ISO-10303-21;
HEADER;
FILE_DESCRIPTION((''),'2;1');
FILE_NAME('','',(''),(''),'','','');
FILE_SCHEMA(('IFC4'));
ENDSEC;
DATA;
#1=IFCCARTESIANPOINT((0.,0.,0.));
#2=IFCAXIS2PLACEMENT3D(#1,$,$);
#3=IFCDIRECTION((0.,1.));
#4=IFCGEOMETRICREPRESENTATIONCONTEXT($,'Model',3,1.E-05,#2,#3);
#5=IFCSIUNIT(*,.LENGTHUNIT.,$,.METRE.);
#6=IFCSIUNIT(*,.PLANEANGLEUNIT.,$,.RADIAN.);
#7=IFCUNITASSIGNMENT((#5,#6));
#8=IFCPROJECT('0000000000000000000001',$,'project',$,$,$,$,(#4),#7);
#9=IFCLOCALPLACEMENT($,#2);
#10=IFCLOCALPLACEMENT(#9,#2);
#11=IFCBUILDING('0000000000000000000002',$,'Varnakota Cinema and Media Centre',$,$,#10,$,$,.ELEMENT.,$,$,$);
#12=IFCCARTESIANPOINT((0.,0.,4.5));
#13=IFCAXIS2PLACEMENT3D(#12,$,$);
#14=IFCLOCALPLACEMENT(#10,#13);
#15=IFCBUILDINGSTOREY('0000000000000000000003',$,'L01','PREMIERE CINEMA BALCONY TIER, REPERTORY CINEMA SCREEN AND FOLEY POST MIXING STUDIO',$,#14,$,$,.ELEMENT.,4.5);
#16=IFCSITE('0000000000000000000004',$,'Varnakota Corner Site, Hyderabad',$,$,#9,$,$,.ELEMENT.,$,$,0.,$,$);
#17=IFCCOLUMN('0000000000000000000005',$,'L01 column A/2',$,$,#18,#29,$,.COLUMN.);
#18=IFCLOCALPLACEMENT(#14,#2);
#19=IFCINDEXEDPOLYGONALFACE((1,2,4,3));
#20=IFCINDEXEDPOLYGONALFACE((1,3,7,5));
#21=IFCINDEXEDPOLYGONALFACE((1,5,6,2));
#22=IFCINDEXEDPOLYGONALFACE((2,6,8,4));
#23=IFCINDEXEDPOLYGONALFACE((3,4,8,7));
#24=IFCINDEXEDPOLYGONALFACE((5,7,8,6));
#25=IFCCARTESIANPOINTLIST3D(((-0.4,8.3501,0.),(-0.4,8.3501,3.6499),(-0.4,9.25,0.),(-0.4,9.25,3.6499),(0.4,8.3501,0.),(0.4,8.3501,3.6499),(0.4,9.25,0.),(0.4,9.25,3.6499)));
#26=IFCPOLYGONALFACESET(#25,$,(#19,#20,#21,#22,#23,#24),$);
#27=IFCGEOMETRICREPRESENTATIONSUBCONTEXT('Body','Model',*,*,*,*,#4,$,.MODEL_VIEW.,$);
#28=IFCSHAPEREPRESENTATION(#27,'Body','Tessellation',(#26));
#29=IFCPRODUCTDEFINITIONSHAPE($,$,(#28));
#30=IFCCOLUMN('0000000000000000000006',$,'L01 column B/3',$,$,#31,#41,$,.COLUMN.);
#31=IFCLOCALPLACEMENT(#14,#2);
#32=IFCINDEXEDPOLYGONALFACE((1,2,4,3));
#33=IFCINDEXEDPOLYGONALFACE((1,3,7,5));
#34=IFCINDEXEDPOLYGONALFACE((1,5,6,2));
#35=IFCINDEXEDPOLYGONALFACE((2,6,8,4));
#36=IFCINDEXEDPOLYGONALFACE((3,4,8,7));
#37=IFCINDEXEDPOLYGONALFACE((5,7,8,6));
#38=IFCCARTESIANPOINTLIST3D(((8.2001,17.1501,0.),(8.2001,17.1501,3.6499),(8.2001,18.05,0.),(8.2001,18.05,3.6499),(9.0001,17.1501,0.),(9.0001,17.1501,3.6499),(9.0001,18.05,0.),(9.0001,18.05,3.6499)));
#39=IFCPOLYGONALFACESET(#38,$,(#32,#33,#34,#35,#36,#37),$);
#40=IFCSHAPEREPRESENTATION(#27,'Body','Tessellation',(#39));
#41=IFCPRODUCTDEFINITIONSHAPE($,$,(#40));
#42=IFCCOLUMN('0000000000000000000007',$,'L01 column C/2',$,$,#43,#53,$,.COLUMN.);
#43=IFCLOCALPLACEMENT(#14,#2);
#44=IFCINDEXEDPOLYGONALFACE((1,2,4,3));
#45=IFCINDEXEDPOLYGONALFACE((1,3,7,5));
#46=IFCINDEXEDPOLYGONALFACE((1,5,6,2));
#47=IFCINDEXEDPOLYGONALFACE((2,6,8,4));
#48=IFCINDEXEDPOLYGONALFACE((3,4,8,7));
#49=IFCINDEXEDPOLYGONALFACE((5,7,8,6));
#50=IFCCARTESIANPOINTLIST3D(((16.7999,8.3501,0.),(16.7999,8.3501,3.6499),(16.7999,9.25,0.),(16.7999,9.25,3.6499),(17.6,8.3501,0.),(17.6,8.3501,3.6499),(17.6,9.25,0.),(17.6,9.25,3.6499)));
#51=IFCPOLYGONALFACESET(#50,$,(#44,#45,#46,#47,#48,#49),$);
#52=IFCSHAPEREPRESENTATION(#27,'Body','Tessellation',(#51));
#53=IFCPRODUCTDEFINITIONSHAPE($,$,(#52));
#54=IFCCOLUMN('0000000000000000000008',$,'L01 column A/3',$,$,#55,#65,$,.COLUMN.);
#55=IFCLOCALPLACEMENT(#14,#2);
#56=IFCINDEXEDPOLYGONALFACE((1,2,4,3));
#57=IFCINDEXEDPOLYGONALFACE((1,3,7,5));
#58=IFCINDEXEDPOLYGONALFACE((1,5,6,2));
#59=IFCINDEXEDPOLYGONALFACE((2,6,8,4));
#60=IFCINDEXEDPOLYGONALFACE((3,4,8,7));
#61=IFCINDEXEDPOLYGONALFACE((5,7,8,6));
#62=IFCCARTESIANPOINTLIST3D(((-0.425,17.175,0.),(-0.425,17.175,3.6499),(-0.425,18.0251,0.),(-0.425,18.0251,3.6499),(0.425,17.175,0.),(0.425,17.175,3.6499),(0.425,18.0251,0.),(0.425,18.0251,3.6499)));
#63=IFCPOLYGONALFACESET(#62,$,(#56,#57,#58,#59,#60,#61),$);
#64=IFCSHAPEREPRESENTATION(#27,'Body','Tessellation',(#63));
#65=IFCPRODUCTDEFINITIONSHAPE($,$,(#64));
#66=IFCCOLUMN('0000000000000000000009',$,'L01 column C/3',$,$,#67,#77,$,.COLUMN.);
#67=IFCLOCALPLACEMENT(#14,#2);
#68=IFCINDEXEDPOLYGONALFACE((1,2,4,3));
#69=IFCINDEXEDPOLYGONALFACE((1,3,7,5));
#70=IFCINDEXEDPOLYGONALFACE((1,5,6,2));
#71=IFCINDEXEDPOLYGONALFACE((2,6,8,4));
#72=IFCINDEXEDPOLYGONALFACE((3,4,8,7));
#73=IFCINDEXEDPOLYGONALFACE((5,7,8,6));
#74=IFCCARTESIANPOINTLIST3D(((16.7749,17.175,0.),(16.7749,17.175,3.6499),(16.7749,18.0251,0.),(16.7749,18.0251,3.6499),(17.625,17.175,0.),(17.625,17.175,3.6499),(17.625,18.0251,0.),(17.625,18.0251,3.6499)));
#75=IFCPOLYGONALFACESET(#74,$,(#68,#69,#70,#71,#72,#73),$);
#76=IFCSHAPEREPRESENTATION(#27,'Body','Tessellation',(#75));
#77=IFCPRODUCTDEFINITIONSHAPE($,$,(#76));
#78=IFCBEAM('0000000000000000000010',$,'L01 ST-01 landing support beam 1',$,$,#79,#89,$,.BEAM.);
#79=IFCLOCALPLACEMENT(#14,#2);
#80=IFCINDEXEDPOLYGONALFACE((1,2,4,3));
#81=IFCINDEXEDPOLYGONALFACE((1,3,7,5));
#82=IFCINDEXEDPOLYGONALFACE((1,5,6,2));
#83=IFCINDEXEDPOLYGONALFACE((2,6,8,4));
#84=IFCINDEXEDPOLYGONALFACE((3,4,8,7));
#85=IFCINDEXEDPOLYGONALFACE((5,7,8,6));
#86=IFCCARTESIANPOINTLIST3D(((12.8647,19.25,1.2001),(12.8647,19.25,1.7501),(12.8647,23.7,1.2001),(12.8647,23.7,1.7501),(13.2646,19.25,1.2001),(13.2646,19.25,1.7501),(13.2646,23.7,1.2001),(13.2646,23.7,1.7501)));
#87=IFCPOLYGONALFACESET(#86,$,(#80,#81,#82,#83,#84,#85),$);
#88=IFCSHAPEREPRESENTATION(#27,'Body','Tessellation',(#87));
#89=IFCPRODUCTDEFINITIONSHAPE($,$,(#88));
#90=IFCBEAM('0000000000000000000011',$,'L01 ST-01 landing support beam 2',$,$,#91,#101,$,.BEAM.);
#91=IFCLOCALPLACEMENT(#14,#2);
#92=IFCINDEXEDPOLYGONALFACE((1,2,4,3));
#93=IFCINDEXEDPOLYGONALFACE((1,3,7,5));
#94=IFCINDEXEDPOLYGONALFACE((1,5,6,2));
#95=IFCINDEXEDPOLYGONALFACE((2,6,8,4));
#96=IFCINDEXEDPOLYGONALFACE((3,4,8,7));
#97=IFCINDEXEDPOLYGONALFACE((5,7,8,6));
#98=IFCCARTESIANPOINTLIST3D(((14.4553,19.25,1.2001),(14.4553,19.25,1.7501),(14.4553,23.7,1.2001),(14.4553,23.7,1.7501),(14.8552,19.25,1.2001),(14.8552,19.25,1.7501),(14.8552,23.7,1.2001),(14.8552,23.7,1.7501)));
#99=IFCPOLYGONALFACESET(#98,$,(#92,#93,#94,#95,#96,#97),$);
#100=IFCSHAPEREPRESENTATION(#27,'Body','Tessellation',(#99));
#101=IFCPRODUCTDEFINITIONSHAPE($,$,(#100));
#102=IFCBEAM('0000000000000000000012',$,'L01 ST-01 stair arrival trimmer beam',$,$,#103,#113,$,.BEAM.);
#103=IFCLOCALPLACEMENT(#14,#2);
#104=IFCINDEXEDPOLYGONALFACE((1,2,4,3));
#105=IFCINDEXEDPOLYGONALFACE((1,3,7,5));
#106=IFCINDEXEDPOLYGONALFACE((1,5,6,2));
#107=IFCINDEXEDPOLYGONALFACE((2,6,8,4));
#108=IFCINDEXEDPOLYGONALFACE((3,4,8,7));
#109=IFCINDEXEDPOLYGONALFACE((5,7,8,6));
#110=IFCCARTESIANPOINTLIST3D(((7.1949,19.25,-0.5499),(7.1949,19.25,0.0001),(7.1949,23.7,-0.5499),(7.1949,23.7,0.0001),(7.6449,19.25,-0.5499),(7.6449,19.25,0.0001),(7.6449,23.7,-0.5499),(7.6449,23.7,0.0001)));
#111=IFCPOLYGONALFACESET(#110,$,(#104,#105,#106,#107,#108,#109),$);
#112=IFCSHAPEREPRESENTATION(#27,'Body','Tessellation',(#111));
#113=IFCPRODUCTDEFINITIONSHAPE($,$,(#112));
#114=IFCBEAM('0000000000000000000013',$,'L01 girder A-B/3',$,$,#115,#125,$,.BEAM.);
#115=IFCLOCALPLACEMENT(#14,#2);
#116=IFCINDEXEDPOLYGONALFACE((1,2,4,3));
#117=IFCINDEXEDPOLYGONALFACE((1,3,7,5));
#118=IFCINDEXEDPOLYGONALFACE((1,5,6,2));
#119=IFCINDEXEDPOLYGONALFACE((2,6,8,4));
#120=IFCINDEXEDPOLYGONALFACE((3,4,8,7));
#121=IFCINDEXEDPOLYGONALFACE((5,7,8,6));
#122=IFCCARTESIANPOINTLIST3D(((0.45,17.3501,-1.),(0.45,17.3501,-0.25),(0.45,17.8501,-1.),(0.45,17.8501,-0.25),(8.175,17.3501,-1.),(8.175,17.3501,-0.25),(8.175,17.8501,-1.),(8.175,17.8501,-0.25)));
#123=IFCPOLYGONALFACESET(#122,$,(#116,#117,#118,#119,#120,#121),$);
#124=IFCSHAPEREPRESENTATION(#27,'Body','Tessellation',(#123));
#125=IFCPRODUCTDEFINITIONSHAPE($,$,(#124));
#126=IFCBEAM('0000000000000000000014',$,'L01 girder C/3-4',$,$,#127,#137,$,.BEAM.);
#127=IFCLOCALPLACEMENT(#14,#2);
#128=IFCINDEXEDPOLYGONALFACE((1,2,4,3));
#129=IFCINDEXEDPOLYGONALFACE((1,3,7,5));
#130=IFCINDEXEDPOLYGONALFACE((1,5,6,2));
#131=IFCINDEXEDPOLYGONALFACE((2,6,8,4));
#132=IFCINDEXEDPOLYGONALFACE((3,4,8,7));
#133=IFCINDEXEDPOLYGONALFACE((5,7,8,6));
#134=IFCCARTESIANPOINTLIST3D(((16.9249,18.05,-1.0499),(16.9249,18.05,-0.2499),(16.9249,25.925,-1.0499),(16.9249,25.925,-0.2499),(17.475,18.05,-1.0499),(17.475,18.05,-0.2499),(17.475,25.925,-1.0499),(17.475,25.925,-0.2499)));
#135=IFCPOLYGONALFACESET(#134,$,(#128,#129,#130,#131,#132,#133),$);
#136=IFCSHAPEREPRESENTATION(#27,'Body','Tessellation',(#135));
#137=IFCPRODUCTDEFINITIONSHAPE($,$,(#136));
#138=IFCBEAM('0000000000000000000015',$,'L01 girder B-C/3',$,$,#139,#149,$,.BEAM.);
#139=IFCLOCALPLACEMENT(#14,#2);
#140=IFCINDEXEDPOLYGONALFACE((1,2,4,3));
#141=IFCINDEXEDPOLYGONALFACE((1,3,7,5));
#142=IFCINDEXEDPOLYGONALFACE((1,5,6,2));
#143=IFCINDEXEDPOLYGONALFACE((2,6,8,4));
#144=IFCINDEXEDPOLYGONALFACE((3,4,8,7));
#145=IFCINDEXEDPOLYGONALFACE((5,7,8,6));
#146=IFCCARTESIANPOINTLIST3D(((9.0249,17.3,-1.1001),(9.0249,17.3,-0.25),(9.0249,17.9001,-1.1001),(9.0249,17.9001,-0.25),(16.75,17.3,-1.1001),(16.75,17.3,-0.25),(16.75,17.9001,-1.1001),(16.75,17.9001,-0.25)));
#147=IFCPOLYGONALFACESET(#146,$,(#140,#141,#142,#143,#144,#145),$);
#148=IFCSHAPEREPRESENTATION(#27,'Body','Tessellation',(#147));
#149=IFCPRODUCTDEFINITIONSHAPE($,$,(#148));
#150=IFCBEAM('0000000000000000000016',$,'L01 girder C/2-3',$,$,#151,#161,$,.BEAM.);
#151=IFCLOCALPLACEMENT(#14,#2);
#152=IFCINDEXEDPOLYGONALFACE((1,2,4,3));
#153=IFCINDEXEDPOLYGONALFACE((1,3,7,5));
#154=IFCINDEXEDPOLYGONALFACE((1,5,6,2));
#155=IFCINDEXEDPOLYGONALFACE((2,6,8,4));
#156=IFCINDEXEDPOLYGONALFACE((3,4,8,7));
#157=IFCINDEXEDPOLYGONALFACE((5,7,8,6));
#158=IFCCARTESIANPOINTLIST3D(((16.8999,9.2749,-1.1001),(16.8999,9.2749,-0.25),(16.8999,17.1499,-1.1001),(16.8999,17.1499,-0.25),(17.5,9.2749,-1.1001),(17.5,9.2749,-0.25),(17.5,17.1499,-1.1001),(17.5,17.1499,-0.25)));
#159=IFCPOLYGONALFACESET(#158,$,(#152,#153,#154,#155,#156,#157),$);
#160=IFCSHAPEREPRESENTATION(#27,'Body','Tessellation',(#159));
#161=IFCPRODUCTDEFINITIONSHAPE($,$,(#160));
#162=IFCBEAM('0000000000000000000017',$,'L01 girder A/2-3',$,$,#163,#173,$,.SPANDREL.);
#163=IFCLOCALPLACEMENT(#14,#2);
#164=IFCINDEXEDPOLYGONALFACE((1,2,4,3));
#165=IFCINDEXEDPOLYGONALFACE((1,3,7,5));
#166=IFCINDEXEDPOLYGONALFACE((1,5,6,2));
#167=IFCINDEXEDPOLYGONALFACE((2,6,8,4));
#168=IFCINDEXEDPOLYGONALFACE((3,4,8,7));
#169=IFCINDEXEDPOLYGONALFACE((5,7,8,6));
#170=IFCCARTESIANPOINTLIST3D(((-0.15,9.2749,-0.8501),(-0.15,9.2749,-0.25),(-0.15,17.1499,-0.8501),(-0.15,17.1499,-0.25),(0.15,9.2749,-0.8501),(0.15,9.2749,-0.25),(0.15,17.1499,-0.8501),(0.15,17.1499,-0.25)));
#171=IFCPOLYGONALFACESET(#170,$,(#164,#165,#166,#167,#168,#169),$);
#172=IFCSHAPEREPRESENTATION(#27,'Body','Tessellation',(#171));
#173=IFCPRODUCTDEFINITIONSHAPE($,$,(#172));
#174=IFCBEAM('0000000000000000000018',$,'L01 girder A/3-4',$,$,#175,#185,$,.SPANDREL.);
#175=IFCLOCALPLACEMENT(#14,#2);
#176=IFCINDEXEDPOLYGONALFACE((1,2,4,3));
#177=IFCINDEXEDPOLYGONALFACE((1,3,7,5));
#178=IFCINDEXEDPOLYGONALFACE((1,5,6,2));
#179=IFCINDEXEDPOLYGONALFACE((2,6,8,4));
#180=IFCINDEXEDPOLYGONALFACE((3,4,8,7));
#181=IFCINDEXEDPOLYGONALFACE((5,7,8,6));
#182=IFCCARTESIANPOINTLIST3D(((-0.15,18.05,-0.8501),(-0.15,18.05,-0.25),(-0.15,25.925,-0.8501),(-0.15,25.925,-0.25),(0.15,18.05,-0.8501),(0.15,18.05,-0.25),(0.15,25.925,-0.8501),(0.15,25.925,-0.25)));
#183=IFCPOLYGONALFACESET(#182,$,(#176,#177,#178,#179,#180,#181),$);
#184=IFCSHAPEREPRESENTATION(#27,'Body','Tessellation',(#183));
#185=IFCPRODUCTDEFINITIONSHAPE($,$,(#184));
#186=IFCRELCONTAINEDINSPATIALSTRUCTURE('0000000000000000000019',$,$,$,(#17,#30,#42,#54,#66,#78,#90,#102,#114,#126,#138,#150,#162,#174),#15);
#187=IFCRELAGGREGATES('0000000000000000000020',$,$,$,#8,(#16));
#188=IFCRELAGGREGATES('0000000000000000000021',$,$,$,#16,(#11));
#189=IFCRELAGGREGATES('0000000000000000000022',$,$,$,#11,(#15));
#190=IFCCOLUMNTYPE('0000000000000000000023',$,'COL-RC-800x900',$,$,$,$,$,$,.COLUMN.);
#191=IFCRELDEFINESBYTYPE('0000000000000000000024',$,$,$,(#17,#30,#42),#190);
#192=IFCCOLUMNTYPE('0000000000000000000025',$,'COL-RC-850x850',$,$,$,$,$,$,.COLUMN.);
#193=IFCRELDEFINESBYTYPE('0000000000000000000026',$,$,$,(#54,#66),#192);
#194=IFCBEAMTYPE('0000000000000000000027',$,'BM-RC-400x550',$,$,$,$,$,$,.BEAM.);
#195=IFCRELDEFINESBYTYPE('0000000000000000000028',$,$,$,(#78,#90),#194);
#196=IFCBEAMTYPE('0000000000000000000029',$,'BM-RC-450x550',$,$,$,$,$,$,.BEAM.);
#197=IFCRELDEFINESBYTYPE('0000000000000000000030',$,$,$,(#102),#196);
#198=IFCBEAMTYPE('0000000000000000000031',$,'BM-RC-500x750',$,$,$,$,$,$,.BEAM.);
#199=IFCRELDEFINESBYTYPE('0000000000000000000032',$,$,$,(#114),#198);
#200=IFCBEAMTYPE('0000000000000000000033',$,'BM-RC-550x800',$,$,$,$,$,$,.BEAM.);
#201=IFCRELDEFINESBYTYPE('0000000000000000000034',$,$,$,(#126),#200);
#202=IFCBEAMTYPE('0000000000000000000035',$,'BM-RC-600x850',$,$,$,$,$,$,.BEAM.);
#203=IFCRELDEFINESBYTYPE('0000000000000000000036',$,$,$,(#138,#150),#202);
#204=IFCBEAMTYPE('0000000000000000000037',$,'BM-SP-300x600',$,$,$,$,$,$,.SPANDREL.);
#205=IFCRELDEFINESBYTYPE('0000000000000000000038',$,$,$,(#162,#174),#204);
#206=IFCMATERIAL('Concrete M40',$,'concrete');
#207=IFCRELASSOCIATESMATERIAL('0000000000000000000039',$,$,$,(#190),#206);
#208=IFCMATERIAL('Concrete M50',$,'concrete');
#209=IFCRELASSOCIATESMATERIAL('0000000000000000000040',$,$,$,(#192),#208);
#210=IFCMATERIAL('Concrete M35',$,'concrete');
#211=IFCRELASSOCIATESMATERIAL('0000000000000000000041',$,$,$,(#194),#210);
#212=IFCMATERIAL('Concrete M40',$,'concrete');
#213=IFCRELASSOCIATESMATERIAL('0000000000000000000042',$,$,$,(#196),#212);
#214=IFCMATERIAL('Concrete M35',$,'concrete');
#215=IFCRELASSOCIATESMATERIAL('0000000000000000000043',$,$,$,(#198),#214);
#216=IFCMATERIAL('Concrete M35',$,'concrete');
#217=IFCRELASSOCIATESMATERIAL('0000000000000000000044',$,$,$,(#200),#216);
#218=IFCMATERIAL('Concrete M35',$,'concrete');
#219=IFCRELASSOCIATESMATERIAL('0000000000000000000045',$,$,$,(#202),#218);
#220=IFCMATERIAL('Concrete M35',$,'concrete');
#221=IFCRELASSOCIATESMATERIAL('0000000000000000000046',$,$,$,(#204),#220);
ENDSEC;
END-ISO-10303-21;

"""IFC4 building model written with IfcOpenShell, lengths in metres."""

from ifc_helpers import new_model, si_unit, direction, frame, origin, origin_2d, place, context, subcontext, project, spatial, rectangle, extrude, material, material_profile, profile_set, type_object, element, save


model = new_model("IFC4")

# Units and contexts
model_context = context("Model", 3, precision=1e-05, world=origin(), true_north=direction((0.0, 1.0)))
body_context = subcontext(model_context, "Body", "Model", "MODEL_VIEW")
ifc_project = project(units=[si_unit("LENGTHUNIT", "METRE"), si_unit("PLANEANGLEUNIT", "RADIAN")], contexts=[model_context])

# Site, building, storey
site_placement = place(None, origin())
site = spatial("IfcSite", under=ifc_project, at=site_placement, Name="Varnakota Corner Site, Hyderabad", CompositionType="ELEMENT", RefElevation=0.0)
building_placement = place(site_placement, origin())
building = spatial("IfcBuilding", under=site, at=building_placement, Name="Varnakota Cinema and Media Centre", CompositionType="ELEMENT")
storey_placement = place(building_placement, frame((0.0, 0.0, 4.5)))
storey = spatial("IfcBuildingStorey", under=building, at=storey_placement, Name="L01", Description="PREMIERE CINEMA BALCONY TIER, REPERTORY CINEMA SCREEN AND FOLEY POST MIXING STUDIO", CompositionType="ELEMENT", Elevation=4.5)

# Columns
ifc_material_1 = material(Name="Concrete M40", Category="concrete")
ifc_material_profile_1 = material_profile(ifc_material_1, rectangle(XDim=0.8, YDim=0.8999, at=origin_2d()), Name="RC 800x900")
ifc_profile_set_1 = profile_set([ifc_material_profile_1], Name="Concrete M40")
column_type_1 = type_object("IfcColumnType", Name="COL-RC-800x900", PredefinedType="COLUMN", material=ifc_profile_set_1)
for number, where, z_axis, x_axis, name in (
    (1, (0.0, 8.8, 0.0), (0.0, 0.0, 1.0), (1.0, 0.0, 0.0), "L01 column A/2"),
    (2, (8.6001, 17.6001, 0.0), (0.0, 0.0, 1.0), (1.0, 0.0, 0.0), "L01 column B/3"),
    (3, (17.2, 8.8, 0.0), (0.0, 0.0, 1.0), (1.0, 0.0, 0.0), "L01 column C/2"),
):
    element("IfcColumn", number, at=place(storey_placement, frame(where, z_axis=z_axis, x_axis=x_axis)), inside=storey, type_object=column_type_1, Name=name, PredefinedType="COLUMN", context=body_context, shape_type="SweptSolid", body=[
        extrude(rectangle(XDim=0.8, YDim=0.8999, at=origin_2d()), origin(), (0.0, 0.0, 1.0), 3.6499),
    ])
ifc_material_2 = material(Name="Concrete M50", Category="concrete")
ifc_material_profile_2 = material_profile(ifc_material_2, rectangle(XDim=0.8501, YDim=0.8501, at=origin_2d()), Name="RC 850x850")
ifc_profile_set_2 = profile_set([ifc_material_profile_2], Name="Concrete M50")
column_type_2 = type_object("IfcColumnType", Name="COL-RC-850x850", PredefinedType="COLUMN", material=ifc_profile_set_2)
for number, where, z_axis, x_axis, name in (
    (4, (0.0, 17.6001, 0.0), (0.0, 0.0, 1.0), (1.0, 0.0, 0.0), "L01 column A/3"),
    (5, (17.2, 17.6001, 0.0), (0.0, 0.0, 1.0), (1.0, 0.0, 0.0), "L01 column C/3"),
):
    element("IfcColumn", number, at=place(storey_placement, frame(where, z_axis=z_axis, x_axis=x_axis)), inside=storey, type_object=column_type_2, Name=name, PredefinedType="COLUMN", context=body_context, shape_type="SweptSolid", body=[
        extrude(rectangle(XDim=0.8501, YDim=0.8501, at=origin_2d()), origin(), (0.0, 0.0, 1.0), 3.6499),
    ])

# Beams
ifc_material_3 = material(Name="Concrete M35", Category="concrete")
ifc_material_profile_3 = material_profile(ifc_material_3, rectangle(XDim=0.3999, YDim=0.55, at=origin_2d()), Name="RCB 400x550")
ifc_profile_set_3 = profile_set([ifc_material_profile_3], Name="Concrete M35")
beam_type_1 = type_object("IfcBeamType", Name="BM-RC-400x550", PredefinedType="BEAM", material=ifc_profile_set_3)
for number, where, z_axis, x_axis, name in (
    (6, (13.0647, 19.25, 1.4751), (0.0, 1.0, 0.0), (-1.0, 0.0, 0.0), "L01 ST-01 landing support beam 1"),
    (7, (14.6553, 19.25, 1.4751), (0.0, 1.0, 0.0), (-1.0, 0.0, 0.0), "L01 ST-01 landing support beam 2"),
):
    element("IfcBeam", number, at=place(storey_placement, frame(where, z_axis=z_axis, x_axis=x_axis)), inside=storey, type_object=beam_type_1, Name=name, PredefinedType="BEAM", context=body_context, shape_type="SweptSolid", body=[
        extrude(rectangle(XDim=0.3999, YDim=0.55, at=origin_2d()), origin(), (0.0, 0.0, 1.0), 4.45),
    ])
ifc_material_4 = material(Name="Concrete M40", Category="concrete")
ifc_material_profile_4 = material_profile(ifc_material_4, rectangle(XDim=0.45, YDim=0.55, at=origin_2d()), Name="RCB 450x550")
ifc_profile_set_4 = profile_set([ifc_material_profile_4], Name="Concrete M40")
beam_type_2 = type_object("IfcBeamType", Name="BM-RC-450x550", PredefinedType="BEAM", material=ifc_profile_set_4)
beam_1_placement = place(storey_placement, frame((7.4199, 19.25, -0.2749), z_axis=(0.0, 1.0, 0.0), x_axis=(-1.0, 0.0, 0.0)))
element("IfcBeam", 8, at=beam_1_placement, inside=storey, type_object=beam_type_2, Name="L01 ST-01 stair arrival trimmer beam", PredefinedType="BEAM", context=body_context, shape_type="SweptSolid", body=[
    extrude(rectangle(XDim=0.45, YDim=0.55, at=origin_2d()), origin(), (0.0, 0.0, 1.0), 4.45),
])
ifc_material_5 = material(Name="Concrete M35", Category="concrete")
ifc_material_profile_5 = material_profile(ifc_material_5, rectangle(XDim=0.5, YDim=0.75, at=origin_2d()), Name="RCB 500x750")
ifc_profile_set_5 = profile_set([ifc_material_profile_5], Name="Concrete M35")
beam_type_3 = type_object("IfcBeamType", Name="BM-RC-500x750", PredefinedType="BEAM", material=ifc_profile_set_5)
beam_2_placement = place(storey_placement, frame((0.45, 17.6001, -0.625), z_axis=(1.0, 0.0, 0.0), x_axis=(0.0, 1.0, 0.0)))
element("IfcBeam", 9, at=beam_2_placement, inside=storey, type_object=beam_type_3, Name="L01 girder A-B/3", PredefinedType="BEAM", context=body_context, shape_type="SweptSolid", body=[
    extrude(rectangle(XDim=0.5, YDim=0.75, at=origin_2d()), origin(), (0.0, 0.0, 1.0), 7.7251),
])
ifc_material_6 = material(Name="Concrete M35", Category="concrete")
ifc_material_profile_6 = material_profile(ifc_material_6, rectangle(XDim=0.55, YDim=0.8, at=origin_2d()), Name="RCB 550x800")
ifc_profile_set_6 = profile_set([ifc_material_profile_6], Name="Concrete M35")
beam_type_4 = type_object("IfcBeamType", Name="BM-RC-550x800", PredefinedType="BEAM", material=ifc_profile_set_6)
beam_3_placement = place(storey_placement, frame((17.2, 18.05, -0.6499), z_axis=(0.0, 1.0, 0.0), x_axis=(-1.0, 0.0, 0.0)))
element("IfcBeam", 10, at=beam_3_placement, inside=storey, type_object=beam_type_4, Name="L01 girder C/3-4", PredefinedType="BEAM", context=body_context, shape_type="SweptSolid", body=[
    extrude(rectangle(XDim=0.55, YDim=0.8, at=origin_2d()), origin(), (0.0, 0.0, 1.0), 7.875),
])
ifc_material_7 = material(Name="Concrete M35", Category="concrete")
ifc_material_profile_7 = material_profile(ifc_material_7, rectangle(XDim=0.6001, YDim=0.8501, at=origin_2d()), Name="RCB 600x850")
ifc_profile_set_7 = profile_set([ifc_material_profile_7], Name="Concrete M35")
beam_type_5 = type_object("IfcBeamType", Name="BM-RC-600x850", PredefinedType="BEAM", material=ifc_profile_set_7)
beam_4_placement = place(storey_placement, frame((9.0249, 17.6001, -0.675), z_axis=(1.0, 0.0, 0.0), x_axis=(0.0, 1.0, 0.0)))
element("IfcBeam", 11, at=beam_4_placement, inside=storey, type_object=beam_type_5, Name="L01 girder B-C/3", PredefinedType="BEAM", context=body_context, shape_type="SweptSolid", body=[
    extrude(rectangle(XDim=0.6001, YDim=0.8501, at=origin_2d()), origin(), (0.0, 0.0, 1.0), 7.7251),
])
beam_5_placement = place(storey_placement, frame((17.2, 9.2749, -0.675), z_axis=(0.0, 1.0, 0.0), x_axis=(-1.0, 0.0, 0.0)))
element("IfcBeam", 12, at=beam_5_placement, inside=storey, type_object=beam_type_5, Name="L01 girder C/2-3", PredefinedType="BEAM", context=body_context, shape_type="SweptSolid", body=[
    extrude(rectangle(XDim=0.6001, YDim=0.8501, at=origin_2d()), origin(), (0.0, 0.0, 1.0), 7.875),
])
ifc_material_8 = material(Name="Concrete M35", Category="concrete")
ifc_material_profile_8 = material_profile(ifc_material_8, rectangle(XDim=0.3, YDim=0.6001, at=origin_2d()), Name="RCB 300x600")
ifc_profile_set_8 = profile_set([ifc_material_profile_8], Name="Concrete M35")
beam_type_6 = type_object("IfcBeamType", Name="BM-SP-300x600", PredefinedType="SPANDREL", material=ifc_profile_set_8)
for number, where, z_axis, x_axis, name in (
    (13, (0.0, 9.2749, -0.55), (0.0, 1.0, 0.0), (-1.0, 0.0, 0.0), "L01 girder A/2-3"),
    (14, (0.0, 18.05, -0.55), (0.0, 1.0, 0.0), (-1.0, 0.0, 0.0), "L01 girder A/3-4"),
):
    element("IfcBeam", number, at=place(storey_placement, frame(where, z_axis=z_axis, x_axis=x_axis)), inside=storey, type_object=beam_type_6, Name=name, PredefinedType="SPANDREL", context=body_context, shape_type="SweptSolid", body=[
        extrude(rectangle(XDim=0.3, YDim=0.6001, at=origin_2d()), origin(), (0.0, 0.0, 1.0), 7.875),
    ])

save(model, "model.ifc")
